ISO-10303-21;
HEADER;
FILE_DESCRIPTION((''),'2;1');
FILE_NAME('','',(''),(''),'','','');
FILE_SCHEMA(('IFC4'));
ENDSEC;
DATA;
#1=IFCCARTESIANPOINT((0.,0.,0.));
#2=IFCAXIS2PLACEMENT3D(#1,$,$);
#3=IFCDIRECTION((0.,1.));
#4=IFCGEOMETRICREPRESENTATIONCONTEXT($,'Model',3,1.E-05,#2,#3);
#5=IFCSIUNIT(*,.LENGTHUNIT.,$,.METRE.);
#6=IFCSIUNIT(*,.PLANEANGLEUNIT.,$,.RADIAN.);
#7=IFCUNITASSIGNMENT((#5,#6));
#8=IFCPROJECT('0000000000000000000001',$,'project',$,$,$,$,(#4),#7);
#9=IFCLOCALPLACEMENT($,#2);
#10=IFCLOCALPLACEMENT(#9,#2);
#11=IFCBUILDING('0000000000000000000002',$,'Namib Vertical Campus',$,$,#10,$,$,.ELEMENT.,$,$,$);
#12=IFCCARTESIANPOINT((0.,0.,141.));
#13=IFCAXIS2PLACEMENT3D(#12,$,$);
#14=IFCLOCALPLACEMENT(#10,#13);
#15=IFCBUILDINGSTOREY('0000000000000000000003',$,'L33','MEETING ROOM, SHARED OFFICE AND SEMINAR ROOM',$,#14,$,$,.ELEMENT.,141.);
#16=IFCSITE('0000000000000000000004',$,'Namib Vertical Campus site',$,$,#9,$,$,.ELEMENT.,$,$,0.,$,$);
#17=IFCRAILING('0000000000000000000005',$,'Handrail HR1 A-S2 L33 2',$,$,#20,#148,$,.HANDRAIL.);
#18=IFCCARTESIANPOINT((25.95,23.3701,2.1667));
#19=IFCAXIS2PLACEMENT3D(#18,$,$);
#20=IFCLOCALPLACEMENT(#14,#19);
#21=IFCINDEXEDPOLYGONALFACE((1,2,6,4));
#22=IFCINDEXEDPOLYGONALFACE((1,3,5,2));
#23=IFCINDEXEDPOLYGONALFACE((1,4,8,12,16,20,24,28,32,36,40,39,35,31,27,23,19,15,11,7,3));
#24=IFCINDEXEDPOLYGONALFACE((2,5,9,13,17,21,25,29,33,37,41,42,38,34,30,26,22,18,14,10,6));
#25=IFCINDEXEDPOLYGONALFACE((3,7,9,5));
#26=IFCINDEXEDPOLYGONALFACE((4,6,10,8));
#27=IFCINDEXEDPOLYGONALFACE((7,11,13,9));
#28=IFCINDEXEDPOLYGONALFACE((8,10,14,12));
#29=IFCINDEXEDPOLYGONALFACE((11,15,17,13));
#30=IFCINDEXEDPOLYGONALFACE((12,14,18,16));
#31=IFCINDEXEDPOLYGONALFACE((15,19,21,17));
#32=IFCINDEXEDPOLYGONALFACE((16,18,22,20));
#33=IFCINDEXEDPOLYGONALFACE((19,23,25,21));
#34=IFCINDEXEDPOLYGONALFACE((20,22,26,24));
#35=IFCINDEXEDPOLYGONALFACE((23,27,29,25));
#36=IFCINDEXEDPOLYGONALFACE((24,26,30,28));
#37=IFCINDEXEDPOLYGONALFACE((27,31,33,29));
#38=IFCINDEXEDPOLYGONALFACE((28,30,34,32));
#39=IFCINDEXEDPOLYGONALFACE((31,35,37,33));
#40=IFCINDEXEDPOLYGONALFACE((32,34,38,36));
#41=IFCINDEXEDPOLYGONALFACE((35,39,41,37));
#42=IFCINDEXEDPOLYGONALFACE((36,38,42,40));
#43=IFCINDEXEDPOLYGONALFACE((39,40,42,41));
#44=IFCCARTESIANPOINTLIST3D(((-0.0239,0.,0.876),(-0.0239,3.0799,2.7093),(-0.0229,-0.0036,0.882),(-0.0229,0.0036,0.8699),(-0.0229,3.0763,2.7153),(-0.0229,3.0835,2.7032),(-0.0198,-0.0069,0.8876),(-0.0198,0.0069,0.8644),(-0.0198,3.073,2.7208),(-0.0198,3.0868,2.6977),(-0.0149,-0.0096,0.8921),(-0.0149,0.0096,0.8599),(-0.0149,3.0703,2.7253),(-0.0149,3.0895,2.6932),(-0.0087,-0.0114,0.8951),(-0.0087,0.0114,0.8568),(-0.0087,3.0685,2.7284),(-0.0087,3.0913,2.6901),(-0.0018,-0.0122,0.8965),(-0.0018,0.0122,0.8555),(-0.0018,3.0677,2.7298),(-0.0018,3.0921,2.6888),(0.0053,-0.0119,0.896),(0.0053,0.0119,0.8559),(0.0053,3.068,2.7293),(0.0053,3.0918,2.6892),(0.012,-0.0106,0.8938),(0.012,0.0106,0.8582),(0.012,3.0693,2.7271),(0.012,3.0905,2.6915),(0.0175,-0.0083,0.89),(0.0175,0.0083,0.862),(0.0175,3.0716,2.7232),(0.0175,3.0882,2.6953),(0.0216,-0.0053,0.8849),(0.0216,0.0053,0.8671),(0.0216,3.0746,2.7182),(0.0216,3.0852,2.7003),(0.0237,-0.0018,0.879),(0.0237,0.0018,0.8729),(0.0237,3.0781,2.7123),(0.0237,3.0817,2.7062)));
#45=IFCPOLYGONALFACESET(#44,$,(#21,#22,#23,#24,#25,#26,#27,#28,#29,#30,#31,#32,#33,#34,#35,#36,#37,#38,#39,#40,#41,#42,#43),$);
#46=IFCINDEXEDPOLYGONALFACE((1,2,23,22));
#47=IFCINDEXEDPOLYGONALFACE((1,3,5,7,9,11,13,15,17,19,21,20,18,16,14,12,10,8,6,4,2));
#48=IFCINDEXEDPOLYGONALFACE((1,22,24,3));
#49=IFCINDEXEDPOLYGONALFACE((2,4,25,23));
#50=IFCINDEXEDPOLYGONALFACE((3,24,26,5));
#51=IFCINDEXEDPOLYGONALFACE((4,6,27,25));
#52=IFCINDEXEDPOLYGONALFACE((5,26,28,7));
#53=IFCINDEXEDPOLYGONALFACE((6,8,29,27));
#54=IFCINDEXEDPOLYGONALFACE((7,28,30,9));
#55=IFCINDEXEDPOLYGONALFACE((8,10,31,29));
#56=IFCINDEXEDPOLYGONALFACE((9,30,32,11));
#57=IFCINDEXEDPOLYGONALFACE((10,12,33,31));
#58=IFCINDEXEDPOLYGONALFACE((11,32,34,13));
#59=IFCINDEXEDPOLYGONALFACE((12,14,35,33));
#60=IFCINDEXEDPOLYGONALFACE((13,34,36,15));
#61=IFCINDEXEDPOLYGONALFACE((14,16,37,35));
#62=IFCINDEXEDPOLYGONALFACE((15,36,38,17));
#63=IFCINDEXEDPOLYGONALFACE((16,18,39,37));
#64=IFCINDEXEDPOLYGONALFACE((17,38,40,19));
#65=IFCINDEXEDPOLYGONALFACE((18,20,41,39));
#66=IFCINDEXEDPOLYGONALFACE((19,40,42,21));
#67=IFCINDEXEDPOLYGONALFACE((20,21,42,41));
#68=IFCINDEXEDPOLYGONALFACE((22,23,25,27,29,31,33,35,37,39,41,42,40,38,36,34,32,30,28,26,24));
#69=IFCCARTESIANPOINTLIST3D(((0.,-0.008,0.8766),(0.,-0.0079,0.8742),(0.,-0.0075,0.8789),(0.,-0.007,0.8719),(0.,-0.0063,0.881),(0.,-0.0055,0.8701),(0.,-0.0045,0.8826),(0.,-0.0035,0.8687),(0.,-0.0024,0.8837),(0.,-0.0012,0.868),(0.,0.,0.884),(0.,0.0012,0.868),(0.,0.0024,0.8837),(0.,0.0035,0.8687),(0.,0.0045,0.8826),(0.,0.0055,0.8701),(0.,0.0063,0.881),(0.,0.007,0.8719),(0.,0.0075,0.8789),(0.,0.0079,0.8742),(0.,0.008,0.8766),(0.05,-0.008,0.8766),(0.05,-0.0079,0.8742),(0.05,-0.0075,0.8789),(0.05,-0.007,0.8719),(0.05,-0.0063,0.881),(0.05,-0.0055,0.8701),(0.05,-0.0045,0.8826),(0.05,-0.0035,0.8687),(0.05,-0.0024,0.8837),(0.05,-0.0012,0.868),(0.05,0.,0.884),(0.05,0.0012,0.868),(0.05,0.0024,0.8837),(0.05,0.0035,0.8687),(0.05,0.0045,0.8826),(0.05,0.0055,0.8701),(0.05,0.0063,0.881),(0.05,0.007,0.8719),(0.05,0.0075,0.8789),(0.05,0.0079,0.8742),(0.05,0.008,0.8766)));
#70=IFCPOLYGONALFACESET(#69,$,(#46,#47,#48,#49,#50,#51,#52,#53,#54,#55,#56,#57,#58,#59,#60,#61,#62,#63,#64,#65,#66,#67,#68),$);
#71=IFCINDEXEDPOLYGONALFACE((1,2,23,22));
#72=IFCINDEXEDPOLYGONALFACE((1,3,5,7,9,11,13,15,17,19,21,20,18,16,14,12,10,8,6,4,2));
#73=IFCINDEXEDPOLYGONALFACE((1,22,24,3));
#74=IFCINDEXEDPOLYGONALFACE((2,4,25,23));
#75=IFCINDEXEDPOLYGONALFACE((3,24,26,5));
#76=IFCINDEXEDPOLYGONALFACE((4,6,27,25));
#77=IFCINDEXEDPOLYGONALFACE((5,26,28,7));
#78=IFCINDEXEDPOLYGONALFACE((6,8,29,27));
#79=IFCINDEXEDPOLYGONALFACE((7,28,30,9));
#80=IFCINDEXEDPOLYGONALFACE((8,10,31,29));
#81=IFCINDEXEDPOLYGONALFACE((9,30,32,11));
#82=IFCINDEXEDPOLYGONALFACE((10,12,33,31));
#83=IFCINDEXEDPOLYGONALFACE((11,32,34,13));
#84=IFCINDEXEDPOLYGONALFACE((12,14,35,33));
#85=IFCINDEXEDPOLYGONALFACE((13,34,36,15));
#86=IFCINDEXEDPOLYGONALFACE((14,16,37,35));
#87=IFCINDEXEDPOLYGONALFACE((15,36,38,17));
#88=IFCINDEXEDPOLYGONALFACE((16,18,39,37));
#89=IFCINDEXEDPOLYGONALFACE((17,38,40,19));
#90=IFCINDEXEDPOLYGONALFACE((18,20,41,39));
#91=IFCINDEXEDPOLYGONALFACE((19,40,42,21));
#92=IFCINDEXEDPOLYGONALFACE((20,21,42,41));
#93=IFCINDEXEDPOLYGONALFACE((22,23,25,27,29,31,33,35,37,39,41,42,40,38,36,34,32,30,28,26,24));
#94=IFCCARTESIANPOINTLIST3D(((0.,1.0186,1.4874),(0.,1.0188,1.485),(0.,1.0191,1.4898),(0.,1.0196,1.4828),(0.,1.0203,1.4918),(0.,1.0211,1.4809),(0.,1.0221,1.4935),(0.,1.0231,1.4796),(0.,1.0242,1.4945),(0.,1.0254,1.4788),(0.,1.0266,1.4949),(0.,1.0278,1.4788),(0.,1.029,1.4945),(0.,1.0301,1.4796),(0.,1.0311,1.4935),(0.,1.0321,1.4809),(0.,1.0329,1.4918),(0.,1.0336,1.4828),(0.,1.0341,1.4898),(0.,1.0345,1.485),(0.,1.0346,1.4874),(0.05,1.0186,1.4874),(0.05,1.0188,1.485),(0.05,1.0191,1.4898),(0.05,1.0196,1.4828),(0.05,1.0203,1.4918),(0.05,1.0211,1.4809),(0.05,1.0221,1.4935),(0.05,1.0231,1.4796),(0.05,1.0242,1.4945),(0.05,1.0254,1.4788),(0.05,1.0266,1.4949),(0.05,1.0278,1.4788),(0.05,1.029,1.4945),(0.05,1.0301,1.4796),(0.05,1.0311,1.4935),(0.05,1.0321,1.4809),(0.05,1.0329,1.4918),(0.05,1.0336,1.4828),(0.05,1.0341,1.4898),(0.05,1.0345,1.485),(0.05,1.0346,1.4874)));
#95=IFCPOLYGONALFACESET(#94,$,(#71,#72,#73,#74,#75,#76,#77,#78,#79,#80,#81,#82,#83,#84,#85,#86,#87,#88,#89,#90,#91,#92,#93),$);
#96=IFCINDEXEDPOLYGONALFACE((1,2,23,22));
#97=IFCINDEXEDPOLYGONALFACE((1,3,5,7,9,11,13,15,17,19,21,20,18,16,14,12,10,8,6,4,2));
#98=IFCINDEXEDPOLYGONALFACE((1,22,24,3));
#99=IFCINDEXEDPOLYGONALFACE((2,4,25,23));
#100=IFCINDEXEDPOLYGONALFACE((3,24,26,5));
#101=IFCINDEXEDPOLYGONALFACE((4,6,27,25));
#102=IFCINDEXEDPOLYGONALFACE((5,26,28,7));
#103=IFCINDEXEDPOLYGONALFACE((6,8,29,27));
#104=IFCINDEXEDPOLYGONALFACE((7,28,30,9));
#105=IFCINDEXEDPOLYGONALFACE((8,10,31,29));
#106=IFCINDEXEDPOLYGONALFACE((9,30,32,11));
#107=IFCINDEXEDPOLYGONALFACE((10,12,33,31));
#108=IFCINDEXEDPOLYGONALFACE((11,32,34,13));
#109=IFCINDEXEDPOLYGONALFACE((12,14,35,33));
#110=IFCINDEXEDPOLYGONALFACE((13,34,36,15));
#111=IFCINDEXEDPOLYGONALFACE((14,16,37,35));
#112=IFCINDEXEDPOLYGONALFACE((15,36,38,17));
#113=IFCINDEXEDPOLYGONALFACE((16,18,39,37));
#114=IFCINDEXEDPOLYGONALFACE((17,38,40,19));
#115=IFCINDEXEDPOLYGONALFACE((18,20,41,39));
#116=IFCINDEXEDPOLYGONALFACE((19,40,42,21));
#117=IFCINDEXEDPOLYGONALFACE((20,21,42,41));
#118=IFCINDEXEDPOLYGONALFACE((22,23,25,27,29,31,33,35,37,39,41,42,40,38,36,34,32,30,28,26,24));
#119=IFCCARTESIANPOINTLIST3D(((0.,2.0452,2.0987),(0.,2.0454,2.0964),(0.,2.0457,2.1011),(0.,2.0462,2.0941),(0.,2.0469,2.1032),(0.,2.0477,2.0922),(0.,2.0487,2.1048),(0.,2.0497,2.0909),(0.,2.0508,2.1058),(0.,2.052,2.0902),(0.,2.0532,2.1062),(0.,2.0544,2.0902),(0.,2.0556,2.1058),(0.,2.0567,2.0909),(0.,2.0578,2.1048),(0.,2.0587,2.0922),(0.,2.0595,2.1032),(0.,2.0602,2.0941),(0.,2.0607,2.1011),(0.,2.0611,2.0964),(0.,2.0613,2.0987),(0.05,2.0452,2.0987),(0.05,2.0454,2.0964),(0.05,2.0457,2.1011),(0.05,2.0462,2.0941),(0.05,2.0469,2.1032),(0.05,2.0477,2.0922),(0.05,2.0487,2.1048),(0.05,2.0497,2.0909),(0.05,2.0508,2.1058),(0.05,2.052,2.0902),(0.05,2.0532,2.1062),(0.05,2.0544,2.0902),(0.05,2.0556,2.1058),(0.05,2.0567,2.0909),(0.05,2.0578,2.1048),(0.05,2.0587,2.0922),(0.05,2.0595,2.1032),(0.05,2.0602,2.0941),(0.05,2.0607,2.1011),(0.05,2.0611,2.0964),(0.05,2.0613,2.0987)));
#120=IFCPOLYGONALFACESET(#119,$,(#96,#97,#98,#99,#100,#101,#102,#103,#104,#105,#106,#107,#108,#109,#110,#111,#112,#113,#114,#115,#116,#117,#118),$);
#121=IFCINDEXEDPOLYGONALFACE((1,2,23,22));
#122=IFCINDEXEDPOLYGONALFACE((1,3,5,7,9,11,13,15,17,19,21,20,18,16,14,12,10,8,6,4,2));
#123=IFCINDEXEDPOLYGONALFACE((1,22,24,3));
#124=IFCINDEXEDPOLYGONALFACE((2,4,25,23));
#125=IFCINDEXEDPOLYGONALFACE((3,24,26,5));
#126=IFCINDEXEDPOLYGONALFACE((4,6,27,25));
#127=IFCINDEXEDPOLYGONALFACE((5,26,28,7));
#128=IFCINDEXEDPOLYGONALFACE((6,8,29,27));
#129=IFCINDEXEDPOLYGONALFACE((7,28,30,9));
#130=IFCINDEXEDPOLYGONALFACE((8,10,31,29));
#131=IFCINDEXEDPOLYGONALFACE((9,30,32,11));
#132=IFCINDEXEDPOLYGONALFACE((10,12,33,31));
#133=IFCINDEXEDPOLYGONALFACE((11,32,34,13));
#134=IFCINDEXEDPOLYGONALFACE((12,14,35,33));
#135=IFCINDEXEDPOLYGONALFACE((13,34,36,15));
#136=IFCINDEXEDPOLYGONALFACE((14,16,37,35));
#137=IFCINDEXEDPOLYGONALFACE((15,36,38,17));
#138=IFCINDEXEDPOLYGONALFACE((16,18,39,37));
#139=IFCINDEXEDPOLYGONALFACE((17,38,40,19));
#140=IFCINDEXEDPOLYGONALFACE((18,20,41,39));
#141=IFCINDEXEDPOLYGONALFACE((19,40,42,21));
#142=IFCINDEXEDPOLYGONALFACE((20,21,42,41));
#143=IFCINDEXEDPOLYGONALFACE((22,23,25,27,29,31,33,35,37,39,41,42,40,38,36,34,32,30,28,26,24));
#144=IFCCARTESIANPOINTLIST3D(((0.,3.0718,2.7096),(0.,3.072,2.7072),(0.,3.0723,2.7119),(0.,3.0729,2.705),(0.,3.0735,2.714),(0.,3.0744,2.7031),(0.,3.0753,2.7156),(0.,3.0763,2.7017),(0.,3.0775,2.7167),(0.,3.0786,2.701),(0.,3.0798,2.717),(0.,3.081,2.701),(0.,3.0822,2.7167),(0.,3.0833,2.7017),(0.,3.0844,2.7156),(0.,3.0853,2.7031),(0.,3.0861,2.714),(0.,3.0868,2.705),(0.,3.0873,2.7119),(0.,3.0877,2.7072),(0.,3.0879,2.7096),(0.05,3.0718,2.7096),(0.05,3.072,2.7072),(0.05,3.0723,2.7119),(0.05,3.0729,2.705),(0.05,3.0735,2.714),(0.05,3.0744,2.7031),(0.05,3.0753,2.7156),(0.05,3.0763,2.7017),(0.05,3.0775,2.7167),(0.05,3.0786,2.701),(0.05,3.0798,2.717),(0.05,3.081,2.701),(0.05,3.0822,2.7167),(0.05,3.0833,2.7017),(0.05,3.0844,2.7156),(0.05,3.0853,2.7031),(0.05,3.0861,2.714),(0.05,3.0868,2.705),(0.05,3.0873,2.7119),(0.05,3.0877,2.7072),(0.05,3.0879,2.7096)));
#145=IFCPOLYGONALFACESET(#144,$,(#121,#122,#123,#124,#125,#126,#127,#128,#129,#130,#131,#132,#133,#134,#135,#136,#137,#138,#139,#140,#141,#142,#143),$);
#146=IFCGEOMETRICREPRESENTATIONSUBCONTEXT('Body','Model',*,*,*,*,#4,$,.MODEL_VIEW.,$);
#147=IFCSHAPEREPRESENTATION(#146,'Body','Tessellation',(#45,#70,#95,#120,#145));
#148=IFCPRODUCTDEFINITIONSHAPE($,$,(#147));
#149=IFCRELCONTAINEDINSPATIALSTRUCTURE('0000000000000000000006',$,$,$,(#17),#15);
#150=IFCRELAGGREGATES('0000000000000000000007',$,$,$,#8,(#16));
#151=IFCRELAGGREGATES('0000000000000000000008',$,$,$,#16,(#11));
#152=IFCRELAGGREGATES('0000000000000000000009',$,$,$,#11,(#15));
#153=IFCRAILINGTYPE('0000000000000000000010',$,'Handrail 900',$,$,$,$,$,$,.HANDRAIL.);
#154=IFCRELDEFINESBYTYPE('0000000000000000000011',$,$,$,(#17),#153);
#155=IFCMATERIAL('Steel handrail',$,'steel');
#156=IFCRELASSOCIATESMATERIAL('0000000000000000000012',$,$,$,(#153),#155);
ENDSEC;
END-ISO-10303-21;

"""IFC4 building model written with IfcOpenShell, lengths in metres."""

from ifc_helpers import new_model, si_unit, direction, frame, origin, origin_2d, place, context, subcontext, project, spatial, circle, extrude, material, type_object, element, save


model = new_model("IFC4")

# Units and contexts
model_context = context("Model", 3, precision=1e-05, world=origin(), true_north=direction((0.0, 1.0)))
body_context = subcontext(model_context, "Body", "Model", "MODEL_VIEW")
ifc_project = project(units=[si_unit("LENGTHUNIT", "METRE"), si_unit("PLANEANGLEUNIT", "RADIAN")], contexts=[model_context])

# Site, building, storey
site_placement = place(None, origin())
site = spatial("IfcSite", under=ifc_project, at=site_placement, Name="Namib Vertical Campus site", CompositionType="ELEMENT", RefElevation=0.0)
building_placement = place(site_placement, origin())
building = spatial("IfcBuilding", under=site, at=building_placement, Name="Namib Vertical Campus", CompositionType="ELEMENT")
storey_placement = place(building_placement, frame((0.0, 0.0, 141.0)))
storey = spatial("IfcBuildingStorey", under=building, at=storey_placement, Name="L33", Description="MEETING ROOM, SHARED OFFICE AND SEMINAR ROOM", CompositionType="ELEMENT", Elevation=141.0)

# Railing
ifc_material_1 = material(Name="Steel handrail", Category="steel")
railing_type_1 = type_object("IfcRailingType", Name="Handrail 900", PredefinedType="HANDRAIL", material=ifc_material_1)
railing_1_placement = place(storey_placement, frame((25.95, 23.3701, 2.1667)))
element("IfcRailing", 1, at=railing_1_placement, inside=storey, type_object=railing_type_1, Name="Handrail HR1 A-S2 L33 2", PredefinedType="HANDRAIL", context=body_context, shape_type="SweptSolid", body=[
    extrude(circle(Radius=0.0239, at=origin_2d()), frame((0.0, 0.0, 0.876), z_axis=(0.0, 0.859291, 0.511487), x_axis=(-1.0, 0.0, 0.0)), (0.0, 0.0, 1.0), 3.5842),
    extrude(circle(Radius=0.0081, at=origin_2d()), frame((0.0, 0.0, 0.876), z_axis=(1.0, 0.0, 0.0), x_axis=(0.0, 0.0, 1.0)), (0.0, 0.0, 1.0), 0.05),
    extrude(circle(Radius=0.0081, at=origin_2d()), frame((0.0, 1.0266, 1.4868), z_axis=(1.0, 0.0, 0.0), x_axis=(0.0, 0.0, 1.0)), (0.0, 0.0, 1.0), 0.05),
    extrude(circle(Radius=0.0081, at=origin_2d()), frame((0.0, 2.0532, 2.0981), z_axis=(1.0, 0.0, 0.0), x_axis=(0.0, 0.0, 1.0)), (0.0, 0.0, 1.0), 0.05),
    extrude(circle(Radius=0.0081, at=origin_2d()), frame((0.0, 3.0798, 2.709), z_axis=(1.0, 0.0, 0.0), x_axis=(0.0, 0.0, 1.0)), (0.0, 0.0, 1.0), 0.05),
])

save(model, "model.ifc")
